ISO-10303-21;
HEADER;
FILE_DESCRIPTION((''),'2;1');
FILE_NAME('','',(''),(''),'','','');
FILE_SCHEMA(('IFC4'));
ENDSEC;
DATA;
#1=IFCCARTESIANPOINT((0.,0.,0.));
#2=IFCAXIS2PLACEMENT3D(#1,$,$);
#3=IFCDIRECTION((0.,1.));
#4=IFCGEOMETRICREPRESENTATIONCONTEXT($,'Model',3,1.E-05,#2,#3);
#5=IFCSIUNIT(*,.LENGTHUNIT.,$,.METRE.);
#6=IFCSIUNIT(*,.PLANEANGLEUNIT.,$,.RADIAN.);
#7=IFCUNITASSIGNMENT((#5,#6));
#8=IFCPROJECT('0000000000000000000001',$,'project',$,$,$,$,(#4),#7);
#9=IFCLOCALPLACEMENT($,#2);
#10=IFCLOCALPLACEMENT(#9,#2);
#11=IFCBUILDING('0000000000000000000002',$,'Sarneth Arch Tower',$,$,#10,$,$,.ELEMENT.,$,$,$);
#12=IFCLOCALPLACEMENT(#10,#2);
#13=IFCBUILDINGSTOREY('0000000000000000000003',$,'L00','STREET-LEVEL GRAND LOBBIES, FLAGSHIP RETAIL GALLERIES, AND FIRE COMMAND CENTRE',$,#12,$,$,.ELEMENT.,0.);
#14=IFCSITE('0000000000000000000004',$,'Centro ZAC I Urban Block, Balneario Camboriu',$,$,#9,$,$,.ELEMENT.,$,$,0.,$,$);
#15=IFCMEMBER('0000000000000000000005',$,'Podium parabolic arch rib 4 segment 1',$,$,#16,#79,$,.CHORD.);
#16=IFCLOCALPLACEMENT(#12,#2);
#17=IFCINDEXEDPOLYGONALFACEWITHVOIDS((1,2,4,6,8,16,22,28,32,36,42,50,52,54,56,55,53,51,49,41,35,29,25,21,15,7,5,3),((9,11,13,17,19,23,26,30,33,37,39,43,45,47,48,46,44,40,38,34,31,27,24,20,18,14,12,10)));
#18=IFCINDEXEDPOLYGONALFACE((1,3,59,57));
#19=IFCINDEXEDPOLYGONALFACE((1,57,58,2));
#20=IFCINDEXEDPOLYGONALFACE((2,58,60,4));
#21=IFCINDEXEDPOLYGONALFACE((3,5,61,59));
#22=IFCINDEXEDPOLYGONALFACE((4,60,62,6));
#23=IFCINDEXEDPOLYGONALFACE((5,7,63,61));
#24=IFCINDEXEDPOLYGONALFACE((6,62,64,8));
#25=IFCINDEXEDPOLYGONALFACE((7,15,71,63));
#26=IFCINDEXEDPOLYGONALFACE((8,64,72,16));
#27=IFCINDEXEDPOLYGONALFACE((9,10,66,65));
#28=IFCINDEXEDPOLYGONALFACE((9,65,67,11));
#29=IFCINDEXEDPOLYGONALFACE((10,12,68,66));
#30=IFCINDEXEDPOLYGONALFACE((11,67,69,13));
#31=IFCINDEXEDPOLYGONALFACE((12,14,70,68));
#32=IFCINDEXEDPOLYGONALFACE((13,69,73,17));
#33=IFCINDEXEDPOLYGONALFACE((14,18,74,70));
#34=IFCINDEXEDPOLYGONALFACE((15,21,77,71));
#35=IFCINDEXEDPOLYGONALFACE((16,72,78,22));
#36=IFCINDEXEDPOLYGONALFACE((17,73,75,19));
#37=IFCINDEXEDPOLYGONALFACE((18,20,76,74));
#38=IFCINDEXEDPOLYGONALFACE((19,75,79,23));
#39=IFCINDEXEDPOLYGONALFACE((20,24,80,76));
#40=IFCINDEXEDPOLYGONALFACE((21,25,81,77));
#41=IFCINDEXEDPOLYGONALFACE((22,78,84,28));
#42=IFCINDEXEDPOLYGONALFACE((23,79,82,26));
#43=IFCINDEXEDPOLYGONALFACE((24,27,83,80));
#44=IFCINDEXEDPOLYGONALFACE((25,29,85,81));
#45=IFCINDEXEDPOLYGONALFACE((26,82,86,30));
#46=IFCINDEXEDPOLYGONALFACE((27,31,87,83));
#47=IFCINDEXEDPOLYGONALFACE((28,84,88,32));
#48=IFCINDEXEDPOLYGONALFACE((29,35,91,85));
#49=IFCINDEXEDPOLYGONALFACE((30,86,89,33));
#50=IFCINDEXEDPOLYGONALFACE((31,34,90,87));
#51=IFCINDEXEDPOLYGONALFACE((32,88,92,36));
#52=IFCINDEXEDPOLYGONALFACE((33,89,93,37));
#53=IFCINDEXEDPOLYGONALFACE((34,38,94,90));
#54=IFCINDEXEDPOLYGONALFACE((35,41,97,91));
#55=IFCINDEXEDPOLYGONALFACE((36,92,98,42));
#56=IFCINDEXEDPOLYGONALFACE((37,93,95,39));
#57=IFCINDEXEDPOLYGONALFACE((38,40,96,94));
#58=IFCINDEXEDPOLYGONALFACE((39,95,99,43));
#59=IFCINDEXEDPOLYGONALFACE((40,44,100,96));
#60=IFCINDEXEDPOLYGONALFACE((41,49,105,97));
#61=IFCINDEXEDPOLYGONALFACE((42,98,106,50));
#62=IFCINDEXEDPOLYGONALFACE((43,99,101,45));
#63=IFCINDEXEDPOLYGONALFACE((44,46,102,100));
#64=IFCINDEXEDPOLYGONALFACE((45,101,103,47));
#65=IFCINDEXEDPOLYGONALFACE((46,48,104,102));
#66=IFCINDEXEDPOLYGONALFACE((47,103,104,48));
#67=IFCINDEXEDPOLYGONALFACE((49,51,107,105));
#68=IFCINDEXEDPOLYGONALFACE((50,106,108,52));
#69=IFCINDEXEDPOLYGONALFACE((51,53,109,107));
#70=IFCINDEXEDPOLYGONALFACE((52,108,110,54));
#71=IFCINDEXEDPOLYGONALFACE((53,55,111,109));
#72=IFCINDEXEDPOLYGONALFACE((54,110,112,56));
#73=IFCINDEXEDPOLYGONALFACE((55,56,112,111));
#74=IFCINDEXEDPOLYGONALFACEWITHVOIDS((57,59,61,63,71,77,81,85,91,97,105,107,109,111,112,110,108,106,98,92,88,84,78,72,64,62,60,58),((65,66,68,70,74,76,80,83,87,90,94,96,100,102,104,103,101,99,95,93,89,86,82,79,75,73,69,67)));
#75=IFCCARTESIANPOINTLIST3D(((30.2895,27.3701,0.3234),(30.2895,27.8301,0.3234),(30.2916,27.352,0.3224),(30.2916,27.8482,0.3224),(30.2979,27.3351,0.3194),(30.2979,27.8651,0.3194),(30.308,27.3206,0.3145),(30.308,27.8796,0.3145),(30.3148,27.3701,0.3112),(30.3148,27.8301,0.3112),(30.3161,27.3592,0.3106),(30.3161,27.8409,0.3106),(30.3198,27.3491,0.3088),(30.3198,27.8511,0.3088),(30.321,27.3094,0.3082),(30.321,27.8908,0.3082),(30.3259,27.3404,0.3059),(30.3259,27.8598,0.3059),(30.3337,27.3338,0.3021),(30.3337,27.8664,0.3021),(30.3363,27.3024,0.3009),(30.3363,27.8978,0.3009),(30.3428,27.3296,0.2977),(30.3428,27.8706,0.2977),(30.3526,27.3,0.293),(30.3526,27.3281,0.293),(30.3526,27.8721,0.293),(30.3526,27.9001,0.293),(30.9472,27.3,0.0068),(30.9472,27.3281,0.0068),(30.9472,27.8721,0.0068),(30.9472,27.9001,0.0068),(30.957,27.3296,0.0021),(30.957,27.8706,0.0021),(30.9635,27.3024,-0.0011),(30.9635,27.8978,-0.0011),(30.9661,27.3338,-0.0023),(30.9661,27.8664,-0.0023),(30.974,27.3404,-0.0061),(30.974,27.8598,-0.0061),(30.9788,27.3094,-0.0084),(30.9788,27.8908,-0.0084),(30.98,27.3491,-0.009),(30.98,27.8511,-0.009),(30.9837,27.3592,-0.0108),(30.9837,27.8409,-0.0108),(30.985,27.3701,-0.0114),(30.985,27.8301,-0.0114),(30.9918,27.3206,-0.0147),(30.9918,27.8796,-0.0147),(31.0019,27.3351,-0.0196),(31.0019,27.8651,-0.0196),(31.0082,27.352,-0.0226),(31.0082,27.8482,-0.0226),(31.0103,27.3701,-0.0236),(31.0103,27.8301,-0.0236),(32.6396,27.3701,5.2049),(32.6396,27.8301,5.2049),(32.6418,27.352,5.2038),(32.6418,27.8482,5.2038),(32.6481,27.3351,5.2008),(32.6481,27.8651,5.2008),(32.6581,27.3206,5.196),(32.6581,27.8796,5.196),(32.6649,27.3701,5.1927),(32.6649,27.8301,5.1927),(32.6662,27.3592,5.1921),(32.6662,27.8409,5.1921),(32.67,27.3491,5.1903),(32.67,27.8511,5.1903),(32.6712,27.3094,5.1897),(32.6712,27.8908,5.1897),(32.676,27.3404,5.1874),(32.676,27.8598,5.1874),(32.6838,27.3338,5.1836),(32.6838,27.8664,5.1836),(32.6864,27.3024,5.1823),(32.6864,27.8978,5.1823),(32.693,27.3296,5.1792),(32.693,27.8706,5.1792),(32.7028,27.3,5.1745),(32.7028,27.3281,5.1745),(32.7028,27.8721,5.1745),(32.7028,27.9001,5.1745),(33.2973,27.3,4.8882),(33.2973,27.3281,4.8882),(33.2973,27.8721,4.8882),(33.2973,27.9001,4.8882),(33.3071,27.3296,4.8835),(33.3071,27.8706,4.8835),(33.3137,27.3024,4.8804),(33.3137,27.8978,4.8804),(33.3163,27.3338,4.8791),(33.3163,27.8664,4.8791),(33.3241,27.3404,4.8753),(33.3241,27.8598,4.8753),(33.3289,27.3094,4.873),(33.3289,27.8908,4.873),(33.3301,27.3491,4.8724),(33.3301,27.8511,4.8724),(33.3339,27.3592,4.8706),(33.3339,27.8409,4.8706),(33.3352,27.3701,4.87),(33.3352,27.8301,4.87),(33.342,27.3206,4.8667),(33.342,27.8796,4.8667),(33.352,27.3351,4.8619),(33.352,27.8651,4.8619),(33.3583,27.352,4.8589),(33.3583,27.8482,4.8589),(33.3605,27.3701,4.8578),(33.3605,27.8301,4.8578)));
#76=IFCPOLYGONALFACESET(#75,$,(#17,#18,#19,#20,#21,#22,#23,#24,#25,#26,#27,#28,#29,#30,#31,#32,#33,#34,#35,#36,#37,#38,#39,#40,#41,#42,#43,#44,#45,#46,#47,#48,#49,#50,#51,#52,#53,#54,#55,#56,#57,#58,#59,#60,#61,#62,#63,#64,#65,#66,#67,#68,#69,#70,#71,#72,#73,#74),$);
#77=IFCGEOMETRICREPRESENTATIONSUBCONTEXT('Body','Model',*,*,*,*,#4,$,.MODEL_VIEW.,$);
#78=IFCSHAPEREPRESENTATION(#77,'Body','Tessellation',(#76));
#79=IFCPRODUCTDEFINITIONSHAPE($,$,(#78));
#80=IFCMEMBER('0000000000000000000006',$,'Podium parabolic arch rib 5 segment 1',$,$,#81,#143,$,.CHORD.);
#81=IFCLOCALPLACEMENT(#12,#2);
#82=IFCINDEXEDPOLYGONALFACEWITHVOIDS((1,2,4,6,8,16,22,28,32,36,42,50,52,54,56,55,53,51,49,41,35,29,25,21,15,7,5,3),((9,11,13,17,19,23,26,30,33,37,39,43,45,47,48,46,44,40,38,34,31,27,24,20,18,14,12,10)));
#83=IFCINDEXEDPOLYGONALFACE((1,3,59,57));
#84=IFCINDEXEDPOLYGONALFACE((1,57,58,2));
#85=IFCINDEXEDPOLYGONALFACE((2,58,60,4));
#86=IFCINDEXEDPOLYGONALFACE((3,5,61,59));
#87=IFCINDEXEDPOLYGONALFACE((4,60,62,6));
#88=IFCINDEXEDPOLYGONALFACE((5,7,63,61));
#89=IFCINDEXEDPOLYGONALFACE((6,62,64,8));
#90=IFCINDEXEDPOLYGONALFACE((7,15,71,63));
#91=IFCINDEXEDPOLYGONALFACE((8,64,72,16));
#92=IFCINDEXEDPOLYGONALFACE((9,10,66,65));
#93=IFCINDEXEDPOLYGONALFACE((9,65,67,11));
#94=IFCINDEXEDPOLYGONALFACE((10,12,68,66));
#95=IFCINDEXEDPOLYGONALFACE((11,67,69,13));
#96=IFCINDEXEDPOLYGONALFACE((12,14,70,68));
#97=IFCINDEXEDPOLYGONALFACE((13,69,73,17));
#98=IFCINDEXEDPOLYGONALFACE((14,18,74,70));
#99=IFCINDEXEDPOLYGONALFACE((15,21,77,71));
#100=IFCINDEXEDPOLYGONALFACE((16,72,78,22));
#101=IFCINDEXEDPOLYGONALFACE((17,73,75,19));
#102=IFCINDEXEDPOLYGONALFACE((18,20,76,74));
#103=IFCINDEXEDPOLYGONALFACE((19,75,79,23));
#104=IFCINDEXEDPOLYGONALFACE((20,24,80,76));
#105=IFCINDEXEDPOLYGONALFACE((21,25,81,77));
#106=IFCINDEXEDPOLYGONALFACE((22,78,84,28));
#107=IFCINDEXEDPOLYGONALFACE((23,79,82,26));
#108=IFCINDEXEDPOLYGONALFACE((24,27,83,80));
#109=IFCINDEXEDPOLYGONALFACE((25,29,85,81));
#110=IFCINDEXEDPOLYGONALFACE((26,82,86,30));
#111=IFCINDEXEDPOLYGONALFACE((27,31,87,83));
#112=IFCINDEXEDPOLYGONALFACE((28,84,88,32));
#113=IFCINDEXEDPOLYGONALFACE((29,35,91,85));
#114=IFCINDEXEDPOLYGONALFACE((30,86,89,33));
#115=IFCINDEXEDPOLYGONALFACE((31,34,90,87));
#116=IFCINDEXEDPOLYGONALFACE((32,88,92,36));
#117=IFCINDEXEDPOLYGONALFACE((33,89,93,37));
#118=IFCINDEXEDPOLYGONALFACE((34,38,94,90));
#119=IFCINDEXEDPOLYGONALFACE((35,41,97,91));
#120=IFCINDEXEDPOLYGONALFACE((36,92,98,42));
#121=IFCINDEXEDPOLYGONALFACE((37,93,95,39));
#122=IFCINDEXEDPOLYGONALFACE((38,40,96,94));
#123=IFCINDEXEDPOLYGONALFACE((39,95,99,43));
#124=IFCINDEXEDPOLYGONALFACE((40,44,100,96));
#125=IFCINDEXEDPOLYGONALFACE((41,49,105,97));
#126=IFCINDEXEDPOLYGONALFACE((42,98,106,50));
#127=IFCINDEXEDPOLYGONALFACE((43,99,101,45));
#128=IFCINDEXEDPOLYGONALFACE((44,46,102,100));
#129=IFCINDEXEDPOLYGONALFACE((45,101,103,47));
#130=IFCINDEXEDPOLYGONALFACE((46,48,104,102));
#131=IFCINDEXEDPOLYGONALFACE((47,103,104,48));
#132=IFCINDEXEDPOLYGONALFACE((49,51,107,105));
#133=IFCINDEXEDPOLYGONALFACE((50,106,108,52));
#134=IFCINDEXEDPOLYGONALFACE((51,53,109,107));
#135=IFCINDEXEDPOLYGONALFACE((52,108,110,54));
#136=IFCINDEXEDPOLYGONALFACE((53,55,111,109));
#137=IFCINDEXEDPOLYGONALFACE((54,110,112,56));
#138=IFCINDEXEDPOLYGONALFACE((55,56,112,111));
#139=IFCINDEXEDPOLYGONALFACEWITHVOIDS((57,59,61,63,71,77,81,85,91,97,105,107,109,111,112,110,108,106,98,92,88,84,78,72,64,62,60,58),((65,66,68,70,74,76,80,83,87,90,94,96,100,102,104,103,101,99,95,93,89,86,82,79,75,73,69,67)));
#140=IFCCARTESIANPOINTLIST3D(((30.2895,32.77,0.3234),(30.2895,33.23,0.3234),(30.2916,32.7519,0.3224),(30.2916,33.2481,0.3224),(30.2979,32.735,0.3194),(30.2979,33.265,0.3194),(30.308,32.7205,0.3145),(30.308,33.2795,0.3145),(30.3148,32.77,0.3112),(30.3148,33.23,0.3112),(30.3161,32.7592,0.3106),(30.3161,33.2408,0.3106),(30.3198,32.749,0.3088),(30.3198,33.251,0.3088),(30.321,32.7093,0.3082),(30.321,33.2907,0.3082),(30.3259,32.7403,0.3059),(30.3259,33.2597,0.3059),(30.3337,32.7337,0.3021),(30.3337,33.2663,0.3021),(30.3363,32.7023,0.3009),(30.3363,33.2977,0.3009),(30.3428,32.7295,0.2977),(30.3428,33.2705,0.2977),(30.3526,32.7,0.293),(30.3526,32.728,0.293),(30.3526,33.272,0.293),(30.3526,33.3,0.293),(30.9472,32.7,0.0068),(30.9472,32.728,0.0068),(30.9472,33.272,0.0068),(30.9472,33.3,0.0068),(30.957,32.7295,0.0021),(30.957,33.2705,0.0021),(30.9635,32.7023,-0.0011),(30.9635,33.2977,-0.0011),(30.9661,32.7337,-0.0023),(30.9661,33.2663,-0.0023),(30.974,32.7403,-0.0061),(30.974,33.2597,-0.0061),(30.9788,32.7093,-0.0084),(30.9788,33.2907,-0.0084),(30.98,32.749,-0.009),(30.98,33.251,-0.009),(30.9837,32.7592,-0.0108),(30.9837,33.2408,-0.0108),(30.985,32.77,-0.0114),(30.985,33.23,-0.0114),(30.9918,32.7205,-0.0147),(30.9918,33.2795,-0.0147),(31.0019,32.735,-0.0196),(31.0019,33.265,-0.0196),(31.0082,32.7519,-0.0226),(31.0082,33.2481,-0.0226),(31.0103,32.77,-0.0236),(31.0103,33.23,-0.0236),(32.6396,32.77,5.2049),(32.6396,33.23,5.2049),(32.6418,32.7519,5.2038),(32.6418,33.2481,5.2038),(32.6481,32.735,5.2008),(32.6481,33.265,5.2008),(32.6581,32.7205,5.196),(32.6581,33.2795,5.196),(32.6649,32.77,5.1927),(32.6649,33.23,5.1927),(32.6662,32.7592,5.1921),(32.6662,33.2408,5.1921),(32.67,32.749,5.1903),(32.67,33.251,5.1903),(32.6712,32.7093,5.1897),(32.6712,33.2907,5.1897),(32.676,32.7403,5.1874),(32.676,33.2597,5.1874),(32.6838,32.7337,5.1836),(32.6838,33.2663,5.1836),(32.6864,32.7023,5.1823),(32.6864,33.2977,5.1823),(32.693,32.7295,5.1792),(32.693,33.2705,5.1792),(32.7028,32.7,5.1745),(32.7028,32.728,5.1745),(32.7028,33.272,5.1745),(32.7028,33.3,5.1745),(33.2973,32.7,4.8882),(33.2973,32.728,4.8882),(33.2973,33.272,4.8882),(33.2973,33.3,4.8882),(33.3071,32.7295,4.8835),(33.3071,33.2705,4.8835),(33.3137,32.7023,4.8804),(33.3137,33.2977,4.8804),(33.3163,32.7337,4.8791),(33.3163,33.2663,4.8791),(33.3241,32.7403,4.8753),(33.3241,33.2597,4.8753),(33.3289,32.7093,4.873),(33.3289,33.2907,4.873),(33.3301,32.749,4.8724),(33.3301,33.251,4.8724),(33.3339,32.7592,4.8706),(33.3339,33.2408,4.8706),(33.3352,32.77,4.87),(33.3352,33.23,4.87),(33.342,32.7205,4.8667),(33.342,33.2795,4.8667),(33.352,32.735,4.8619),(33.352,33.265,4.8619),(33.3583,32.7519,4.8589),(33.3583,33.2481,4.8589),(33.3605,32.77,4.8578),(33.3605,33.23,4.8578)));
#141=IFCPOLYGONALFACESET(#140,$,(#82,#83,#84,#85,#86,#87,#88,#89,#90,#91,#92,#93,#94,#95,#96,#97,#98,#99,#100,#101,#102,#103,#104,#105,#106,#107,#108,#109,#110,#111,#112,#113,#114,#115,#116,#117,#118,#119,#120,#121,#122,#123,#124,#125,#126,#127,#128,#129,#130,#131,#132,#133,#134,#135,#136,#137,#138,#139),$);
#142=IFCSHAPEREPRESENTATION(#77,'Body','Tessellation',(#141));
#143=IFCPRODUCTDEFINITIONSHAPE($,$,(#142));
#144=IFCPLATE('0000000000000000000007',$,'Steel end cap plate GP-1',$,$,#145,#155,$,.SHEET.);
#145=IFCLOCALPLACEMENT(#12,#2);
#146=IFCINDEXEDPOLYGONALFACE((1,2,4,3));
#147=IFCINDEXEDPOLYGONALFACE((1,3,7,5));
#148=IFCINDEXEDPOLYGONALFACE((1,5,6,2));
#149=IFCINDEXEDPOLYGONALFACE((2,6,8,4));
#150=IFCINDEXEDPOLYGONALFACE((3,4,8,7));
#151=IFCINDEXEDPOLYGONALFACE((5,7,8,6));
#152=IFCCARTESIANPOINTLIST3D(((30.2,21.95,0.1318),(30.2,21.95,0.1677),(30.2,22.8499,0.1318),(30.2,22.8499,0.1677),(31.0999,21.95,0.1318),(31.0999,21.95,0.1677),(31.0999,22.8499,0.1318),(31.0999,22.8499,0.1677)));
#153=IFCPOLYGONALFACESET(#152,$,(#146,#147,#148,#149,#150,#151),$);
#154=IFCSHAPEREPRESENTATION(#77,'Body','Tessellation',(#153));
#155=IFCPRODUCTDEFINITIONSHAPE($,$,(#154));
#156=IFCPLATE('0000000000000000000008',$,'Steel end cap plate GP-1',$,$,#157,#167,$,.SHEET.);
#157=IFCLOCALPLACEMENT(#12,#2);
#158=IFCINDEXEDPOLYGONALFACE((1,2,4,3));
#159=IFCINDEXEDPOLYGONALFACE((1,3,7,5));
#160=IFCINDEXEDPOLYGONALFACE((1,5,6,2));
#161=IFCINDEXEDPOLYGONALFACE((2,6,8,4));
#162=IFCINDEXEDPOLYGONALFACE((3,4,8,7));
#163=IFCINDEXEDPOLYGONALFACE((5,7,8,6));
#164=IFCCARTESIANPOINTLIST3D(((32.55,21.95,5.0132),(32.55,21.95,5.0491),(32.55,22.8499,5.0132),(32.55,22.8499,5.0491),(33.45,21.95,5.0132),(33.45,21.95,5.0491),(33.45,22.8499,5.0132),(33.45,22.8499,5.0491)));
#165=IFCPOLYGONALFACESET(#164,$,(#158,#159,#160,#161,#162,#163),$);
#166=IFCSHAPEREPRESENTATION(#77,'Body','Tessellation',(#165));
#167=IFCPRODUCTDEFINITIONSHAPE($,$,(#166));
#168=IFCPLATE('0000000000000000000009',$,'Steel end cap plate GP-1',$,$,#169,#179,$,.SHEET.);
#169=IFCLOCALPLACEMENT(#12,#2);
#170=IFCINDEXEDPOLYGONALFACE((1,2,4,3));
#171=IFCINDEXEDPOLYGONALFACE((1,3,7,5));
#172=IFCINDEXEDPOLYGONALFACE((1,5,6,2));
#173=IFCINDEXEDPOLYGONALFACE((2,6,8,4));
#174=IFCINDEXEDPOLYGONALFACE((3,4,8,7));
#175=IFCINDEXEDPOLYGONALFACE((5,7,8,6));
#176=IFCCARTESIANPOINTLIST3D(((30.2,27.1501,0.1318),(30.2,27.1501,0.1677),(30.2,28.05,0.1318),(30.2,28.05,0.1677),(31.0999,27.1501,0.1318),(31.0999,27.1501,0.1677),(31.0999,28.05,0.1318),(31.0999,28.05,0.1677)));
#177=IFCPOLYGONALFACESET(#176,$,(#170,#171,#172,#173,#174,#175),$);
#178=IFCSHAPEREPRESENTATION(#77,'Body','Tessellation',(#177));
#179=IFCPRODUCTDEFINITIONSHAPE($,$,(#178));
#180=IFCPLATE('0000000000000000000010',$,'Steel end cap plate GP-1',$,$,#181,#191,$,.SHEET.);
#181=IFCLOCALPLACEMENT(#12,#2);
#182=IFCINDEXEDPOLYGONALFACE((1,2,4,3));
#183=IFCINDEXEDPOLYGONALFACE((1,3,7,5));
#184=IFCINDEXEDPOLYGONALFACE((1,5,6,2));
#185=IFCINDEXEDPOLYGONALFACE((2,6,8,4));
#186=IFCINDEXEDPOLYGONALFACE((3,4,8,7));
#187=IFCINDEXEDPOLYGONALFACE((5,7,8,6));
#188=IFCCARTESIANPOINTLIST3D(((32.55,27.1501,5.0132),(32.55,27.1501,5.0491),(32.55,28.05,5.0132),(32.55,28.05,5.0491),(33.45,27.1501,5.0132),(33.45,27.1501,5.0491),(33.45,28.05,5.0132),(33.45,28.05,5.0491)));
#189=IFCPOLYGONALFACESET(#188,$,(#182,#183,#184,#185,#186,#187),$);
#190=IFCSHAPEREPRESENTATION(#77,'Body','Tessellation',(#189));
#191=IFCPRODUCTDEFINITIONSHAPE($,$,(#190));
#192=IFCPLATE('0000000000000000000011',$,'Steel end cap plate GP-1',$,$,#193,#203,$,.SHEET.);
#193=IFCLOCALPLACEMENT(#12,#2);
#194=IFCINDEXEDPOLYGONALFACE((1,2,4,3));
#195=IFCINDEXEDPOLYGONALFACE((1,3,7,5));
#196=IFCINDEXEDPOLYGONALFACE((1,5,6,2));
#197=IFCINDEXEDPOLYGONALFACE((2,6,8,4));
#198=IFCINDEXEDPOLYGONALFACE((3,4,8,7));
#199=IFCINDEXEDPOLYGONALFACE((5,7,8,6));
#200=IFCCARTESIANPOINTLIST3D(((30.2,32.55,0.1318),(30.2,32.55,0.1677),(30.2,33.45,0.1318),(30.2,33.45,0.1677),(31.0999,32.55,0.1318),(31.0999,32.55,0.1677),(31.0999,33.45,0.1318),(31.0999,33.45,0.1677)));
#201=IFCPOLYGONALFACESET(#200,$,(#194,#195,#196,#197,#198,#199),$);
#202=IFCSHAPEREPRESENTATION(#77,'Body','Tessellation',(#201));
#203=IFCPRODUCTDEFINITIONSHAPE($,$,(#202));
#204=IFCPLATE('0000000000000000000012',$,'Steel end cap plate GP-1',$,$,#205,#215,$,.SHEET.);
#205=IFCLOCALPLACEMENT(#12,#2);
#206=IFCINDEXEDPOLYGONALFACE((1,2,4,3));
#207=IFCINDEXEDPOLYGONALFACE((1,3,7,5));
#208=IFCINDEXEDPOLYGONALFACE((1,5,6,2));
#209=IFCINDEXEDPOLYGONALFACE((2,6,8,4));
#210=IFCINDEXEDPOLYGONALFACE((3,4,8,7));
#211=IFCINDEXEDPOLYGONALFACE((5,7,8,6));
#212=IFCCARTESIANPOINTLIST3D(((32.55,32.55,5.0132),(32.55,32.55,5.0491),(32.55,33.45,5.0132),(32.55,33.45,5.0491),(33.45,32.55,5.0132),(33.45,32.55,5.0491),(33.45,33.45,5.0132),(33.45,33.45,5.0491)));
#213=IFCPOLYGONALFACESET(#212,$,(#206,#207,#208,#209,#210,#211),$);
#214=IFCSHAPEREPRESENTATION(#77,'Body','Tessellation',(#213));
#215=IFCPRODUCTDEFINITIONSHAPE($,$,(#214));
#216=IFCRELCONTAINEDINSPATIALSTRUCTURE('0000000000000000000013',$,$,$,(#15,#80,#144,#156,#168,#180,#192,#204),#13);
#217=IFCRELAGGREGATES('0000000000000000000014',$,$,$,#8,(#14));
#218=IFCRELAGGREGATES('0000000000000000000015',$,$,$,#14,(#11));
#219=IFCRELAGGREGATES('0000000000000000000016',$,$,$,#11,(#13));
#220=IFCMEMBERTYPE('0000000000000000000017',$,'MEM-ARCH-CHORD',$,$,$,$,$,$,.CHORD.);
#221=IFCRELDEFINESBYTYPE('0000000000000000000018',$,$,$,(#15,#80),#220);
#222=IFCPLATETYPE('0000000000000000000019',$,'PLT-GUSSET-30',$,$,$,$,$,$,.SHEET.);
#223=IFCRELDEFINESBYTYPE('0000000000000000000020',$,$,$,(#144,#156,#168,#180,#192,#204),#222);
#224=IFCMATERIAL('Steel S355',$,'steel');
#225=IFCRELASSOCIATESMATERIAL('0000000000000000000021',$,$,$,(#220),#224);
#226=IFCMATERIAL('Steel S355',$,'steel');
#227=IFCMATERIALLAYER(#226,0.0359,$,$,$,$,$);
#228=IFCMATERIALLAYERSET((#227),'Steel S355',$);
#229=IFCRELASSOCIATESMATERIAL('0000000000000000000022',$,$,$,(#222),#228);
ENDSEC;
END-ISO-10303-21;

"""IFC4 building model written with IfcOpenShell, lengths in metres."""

from ifc_helpers import new_model, si_unit, direction, frame, origin, origin_2d, place, context, subcontext, project, spatial, rectangle, hollow_rectangle, extrude, material, layer, layer_set, material_profile, profile_set, type_object, element, save


model = new_model("IFC4")

# Units and contexts
model_context = context("Model", 3, precision=1e-05, world=origin(), true_north=direction((0.0, 1.0)))
body_context = subcontext(model_context, "Body", "Model", "MODEL_VIEW")
ifc_project = project(units=[si_unit("LENGTHUNIT", "METRE"), si_unit("PLANEANGLEUNIT", "RADIAN")], contexts=[model_context])

# Site, building, storey
site_placement = place(None, origin())
site = spatial("IfcSite", under=ifc_project, at=site_placement, Name="Centro ZAC I Urban Block, Balneario Camboriu", CompositionType="ELEMENT", RefElevation=0.0)
building_placement = place(site_placement, origin())
building = spatial("IfcBuilding", under=site, at=building_placement, Name="Sarneth Arch Tower", CompositionType="ELEMENT")
storey_placement = place(building_placement, origin())
storey = spatial("IfcBuildingStorey", under=building, at=storey_placement, Name="L00", Description="STREET-LEVEL GRAND LOBBIES, FLAGSHIP RETAIL GALLERIES, AND FIRE COMMAND CENTRE", CompositionType="ELEMENT", Elevation=0.0)

# Members
ifc_material_1 = material(Name="Steel S355", Category="steel")
ifc_material_profile_1 = material_profile(ifc_material_1, hollow_rectangle(XDim=0.6001, YDim=0.8, WallThickness=0.0281, InnerFilletRadius=0.042, OuterFilletRadius=0.0701, at=origin_2d()), Name="RHS800x600x28")
ifc_profile_set_1 = profile_set([ifc_material_profile_1], Name="Steel S355")
member_type = type_object("IfcMemberType", Name="MEM-ARCH-CHORD", PredefinedType="CHORD", material=ifc_profile_set_1)
for number, where, z_axis, x_axis, name in (
    (1, (30.6499, 27.6001, 0.1499), (0.433789, 0.0, 0.901015), (0.0, 1.0, 0.0), "Podium parabolic arch rib 4 segment 1"),
    (2, (30.6499, 33.0, 0.1499), (0.433789, 0.0, 0.901015), (0.0, 1.0, 0.0), "Podium parabolic arch rib 5 segment 1"),
):
    element("IfcMember", number, at=place(storey_placement, frame(where, z_axis=z_axis, x_axis=x_axis)), inside=storey, type_object=member_type, Name=name, PredefinedType="CHORD", context=body_context, shape_type="SweptSolid", body=[
        extrude(hollow_rectangle(XDim=0.6001, YDim=0.8, WallThickness=0.0281, InnerFilletRadius=0.042, OuterFilletRadius=0.0701, at=origin_2d()), origin(), (0.0, 0.0, 1.0), 5.4177),
    ])

# Plates
ifc_material_2 = material(Name="Steel S355", Category="steel")
ifc_layer_1 = layer(ifc_material_2, 0.0359)
ifc_layer_set_1 = layer_set([ifc_layer_1], Name="Steel S355")
plate_type = type_object("IfcPlateType", Name="PLT-GUSSET-30", PredefinedType="SHEET", material=ifc_layer_set_1)
for number, where, z_axis, x_axis, name in (
    (3, (30.6499, 22.3999, 0.1318), (0.0, 0.0, 1.0), (1.0, 0.0, 0.0), "Steel end cap plate GP-1"),
    (4, (33.0, 22.3999, 5.0132), (0.0, 0.0, 1.0), (-1.0, 0.0, 0.0), "Steel end cap plate GP-1"),
    (5, (30.6499, 27.6001, 0.1318), (0.0, 0.0, 1.0), (1.0, 0.0, 0.0), "Steel end cap plate GP-1"),
    (6, (33.0, 27.6001, 5.0132), (0.0, 0.0, 1.0), (-1.0, 0.0, 0.0), "Steel end cap plate GP-1"),
    (7, (30.6499, 33.0, 0.1318), (0.0, 0.0, 1.0), (1.0, 0.0, 0.0), "Steel end cap plate GP-1"),
    (8, (33.0, 33.0, 5.0132), (0.0, 0.0, 1.0), (-1.0, 0.0, 0.0), "Steel end cap plate GP-1"),
):
    element("IfcPlate", number, at=place(storey_placement, frame(where, z_axis=z_axis, x_axis=x_axis)), inside=storey, type_object=plate_type, Name=name, PredefinedType="SHEET", context=body_context, shape_type="SweptSolid", body=[
        extrude(rectangle(XDim=0.8999, YDim=0.8999, at=origin_2d()), origin(), (0.0, 0.0, 1.0), 0.0359),
    ])

save(model, "model.ifc")
